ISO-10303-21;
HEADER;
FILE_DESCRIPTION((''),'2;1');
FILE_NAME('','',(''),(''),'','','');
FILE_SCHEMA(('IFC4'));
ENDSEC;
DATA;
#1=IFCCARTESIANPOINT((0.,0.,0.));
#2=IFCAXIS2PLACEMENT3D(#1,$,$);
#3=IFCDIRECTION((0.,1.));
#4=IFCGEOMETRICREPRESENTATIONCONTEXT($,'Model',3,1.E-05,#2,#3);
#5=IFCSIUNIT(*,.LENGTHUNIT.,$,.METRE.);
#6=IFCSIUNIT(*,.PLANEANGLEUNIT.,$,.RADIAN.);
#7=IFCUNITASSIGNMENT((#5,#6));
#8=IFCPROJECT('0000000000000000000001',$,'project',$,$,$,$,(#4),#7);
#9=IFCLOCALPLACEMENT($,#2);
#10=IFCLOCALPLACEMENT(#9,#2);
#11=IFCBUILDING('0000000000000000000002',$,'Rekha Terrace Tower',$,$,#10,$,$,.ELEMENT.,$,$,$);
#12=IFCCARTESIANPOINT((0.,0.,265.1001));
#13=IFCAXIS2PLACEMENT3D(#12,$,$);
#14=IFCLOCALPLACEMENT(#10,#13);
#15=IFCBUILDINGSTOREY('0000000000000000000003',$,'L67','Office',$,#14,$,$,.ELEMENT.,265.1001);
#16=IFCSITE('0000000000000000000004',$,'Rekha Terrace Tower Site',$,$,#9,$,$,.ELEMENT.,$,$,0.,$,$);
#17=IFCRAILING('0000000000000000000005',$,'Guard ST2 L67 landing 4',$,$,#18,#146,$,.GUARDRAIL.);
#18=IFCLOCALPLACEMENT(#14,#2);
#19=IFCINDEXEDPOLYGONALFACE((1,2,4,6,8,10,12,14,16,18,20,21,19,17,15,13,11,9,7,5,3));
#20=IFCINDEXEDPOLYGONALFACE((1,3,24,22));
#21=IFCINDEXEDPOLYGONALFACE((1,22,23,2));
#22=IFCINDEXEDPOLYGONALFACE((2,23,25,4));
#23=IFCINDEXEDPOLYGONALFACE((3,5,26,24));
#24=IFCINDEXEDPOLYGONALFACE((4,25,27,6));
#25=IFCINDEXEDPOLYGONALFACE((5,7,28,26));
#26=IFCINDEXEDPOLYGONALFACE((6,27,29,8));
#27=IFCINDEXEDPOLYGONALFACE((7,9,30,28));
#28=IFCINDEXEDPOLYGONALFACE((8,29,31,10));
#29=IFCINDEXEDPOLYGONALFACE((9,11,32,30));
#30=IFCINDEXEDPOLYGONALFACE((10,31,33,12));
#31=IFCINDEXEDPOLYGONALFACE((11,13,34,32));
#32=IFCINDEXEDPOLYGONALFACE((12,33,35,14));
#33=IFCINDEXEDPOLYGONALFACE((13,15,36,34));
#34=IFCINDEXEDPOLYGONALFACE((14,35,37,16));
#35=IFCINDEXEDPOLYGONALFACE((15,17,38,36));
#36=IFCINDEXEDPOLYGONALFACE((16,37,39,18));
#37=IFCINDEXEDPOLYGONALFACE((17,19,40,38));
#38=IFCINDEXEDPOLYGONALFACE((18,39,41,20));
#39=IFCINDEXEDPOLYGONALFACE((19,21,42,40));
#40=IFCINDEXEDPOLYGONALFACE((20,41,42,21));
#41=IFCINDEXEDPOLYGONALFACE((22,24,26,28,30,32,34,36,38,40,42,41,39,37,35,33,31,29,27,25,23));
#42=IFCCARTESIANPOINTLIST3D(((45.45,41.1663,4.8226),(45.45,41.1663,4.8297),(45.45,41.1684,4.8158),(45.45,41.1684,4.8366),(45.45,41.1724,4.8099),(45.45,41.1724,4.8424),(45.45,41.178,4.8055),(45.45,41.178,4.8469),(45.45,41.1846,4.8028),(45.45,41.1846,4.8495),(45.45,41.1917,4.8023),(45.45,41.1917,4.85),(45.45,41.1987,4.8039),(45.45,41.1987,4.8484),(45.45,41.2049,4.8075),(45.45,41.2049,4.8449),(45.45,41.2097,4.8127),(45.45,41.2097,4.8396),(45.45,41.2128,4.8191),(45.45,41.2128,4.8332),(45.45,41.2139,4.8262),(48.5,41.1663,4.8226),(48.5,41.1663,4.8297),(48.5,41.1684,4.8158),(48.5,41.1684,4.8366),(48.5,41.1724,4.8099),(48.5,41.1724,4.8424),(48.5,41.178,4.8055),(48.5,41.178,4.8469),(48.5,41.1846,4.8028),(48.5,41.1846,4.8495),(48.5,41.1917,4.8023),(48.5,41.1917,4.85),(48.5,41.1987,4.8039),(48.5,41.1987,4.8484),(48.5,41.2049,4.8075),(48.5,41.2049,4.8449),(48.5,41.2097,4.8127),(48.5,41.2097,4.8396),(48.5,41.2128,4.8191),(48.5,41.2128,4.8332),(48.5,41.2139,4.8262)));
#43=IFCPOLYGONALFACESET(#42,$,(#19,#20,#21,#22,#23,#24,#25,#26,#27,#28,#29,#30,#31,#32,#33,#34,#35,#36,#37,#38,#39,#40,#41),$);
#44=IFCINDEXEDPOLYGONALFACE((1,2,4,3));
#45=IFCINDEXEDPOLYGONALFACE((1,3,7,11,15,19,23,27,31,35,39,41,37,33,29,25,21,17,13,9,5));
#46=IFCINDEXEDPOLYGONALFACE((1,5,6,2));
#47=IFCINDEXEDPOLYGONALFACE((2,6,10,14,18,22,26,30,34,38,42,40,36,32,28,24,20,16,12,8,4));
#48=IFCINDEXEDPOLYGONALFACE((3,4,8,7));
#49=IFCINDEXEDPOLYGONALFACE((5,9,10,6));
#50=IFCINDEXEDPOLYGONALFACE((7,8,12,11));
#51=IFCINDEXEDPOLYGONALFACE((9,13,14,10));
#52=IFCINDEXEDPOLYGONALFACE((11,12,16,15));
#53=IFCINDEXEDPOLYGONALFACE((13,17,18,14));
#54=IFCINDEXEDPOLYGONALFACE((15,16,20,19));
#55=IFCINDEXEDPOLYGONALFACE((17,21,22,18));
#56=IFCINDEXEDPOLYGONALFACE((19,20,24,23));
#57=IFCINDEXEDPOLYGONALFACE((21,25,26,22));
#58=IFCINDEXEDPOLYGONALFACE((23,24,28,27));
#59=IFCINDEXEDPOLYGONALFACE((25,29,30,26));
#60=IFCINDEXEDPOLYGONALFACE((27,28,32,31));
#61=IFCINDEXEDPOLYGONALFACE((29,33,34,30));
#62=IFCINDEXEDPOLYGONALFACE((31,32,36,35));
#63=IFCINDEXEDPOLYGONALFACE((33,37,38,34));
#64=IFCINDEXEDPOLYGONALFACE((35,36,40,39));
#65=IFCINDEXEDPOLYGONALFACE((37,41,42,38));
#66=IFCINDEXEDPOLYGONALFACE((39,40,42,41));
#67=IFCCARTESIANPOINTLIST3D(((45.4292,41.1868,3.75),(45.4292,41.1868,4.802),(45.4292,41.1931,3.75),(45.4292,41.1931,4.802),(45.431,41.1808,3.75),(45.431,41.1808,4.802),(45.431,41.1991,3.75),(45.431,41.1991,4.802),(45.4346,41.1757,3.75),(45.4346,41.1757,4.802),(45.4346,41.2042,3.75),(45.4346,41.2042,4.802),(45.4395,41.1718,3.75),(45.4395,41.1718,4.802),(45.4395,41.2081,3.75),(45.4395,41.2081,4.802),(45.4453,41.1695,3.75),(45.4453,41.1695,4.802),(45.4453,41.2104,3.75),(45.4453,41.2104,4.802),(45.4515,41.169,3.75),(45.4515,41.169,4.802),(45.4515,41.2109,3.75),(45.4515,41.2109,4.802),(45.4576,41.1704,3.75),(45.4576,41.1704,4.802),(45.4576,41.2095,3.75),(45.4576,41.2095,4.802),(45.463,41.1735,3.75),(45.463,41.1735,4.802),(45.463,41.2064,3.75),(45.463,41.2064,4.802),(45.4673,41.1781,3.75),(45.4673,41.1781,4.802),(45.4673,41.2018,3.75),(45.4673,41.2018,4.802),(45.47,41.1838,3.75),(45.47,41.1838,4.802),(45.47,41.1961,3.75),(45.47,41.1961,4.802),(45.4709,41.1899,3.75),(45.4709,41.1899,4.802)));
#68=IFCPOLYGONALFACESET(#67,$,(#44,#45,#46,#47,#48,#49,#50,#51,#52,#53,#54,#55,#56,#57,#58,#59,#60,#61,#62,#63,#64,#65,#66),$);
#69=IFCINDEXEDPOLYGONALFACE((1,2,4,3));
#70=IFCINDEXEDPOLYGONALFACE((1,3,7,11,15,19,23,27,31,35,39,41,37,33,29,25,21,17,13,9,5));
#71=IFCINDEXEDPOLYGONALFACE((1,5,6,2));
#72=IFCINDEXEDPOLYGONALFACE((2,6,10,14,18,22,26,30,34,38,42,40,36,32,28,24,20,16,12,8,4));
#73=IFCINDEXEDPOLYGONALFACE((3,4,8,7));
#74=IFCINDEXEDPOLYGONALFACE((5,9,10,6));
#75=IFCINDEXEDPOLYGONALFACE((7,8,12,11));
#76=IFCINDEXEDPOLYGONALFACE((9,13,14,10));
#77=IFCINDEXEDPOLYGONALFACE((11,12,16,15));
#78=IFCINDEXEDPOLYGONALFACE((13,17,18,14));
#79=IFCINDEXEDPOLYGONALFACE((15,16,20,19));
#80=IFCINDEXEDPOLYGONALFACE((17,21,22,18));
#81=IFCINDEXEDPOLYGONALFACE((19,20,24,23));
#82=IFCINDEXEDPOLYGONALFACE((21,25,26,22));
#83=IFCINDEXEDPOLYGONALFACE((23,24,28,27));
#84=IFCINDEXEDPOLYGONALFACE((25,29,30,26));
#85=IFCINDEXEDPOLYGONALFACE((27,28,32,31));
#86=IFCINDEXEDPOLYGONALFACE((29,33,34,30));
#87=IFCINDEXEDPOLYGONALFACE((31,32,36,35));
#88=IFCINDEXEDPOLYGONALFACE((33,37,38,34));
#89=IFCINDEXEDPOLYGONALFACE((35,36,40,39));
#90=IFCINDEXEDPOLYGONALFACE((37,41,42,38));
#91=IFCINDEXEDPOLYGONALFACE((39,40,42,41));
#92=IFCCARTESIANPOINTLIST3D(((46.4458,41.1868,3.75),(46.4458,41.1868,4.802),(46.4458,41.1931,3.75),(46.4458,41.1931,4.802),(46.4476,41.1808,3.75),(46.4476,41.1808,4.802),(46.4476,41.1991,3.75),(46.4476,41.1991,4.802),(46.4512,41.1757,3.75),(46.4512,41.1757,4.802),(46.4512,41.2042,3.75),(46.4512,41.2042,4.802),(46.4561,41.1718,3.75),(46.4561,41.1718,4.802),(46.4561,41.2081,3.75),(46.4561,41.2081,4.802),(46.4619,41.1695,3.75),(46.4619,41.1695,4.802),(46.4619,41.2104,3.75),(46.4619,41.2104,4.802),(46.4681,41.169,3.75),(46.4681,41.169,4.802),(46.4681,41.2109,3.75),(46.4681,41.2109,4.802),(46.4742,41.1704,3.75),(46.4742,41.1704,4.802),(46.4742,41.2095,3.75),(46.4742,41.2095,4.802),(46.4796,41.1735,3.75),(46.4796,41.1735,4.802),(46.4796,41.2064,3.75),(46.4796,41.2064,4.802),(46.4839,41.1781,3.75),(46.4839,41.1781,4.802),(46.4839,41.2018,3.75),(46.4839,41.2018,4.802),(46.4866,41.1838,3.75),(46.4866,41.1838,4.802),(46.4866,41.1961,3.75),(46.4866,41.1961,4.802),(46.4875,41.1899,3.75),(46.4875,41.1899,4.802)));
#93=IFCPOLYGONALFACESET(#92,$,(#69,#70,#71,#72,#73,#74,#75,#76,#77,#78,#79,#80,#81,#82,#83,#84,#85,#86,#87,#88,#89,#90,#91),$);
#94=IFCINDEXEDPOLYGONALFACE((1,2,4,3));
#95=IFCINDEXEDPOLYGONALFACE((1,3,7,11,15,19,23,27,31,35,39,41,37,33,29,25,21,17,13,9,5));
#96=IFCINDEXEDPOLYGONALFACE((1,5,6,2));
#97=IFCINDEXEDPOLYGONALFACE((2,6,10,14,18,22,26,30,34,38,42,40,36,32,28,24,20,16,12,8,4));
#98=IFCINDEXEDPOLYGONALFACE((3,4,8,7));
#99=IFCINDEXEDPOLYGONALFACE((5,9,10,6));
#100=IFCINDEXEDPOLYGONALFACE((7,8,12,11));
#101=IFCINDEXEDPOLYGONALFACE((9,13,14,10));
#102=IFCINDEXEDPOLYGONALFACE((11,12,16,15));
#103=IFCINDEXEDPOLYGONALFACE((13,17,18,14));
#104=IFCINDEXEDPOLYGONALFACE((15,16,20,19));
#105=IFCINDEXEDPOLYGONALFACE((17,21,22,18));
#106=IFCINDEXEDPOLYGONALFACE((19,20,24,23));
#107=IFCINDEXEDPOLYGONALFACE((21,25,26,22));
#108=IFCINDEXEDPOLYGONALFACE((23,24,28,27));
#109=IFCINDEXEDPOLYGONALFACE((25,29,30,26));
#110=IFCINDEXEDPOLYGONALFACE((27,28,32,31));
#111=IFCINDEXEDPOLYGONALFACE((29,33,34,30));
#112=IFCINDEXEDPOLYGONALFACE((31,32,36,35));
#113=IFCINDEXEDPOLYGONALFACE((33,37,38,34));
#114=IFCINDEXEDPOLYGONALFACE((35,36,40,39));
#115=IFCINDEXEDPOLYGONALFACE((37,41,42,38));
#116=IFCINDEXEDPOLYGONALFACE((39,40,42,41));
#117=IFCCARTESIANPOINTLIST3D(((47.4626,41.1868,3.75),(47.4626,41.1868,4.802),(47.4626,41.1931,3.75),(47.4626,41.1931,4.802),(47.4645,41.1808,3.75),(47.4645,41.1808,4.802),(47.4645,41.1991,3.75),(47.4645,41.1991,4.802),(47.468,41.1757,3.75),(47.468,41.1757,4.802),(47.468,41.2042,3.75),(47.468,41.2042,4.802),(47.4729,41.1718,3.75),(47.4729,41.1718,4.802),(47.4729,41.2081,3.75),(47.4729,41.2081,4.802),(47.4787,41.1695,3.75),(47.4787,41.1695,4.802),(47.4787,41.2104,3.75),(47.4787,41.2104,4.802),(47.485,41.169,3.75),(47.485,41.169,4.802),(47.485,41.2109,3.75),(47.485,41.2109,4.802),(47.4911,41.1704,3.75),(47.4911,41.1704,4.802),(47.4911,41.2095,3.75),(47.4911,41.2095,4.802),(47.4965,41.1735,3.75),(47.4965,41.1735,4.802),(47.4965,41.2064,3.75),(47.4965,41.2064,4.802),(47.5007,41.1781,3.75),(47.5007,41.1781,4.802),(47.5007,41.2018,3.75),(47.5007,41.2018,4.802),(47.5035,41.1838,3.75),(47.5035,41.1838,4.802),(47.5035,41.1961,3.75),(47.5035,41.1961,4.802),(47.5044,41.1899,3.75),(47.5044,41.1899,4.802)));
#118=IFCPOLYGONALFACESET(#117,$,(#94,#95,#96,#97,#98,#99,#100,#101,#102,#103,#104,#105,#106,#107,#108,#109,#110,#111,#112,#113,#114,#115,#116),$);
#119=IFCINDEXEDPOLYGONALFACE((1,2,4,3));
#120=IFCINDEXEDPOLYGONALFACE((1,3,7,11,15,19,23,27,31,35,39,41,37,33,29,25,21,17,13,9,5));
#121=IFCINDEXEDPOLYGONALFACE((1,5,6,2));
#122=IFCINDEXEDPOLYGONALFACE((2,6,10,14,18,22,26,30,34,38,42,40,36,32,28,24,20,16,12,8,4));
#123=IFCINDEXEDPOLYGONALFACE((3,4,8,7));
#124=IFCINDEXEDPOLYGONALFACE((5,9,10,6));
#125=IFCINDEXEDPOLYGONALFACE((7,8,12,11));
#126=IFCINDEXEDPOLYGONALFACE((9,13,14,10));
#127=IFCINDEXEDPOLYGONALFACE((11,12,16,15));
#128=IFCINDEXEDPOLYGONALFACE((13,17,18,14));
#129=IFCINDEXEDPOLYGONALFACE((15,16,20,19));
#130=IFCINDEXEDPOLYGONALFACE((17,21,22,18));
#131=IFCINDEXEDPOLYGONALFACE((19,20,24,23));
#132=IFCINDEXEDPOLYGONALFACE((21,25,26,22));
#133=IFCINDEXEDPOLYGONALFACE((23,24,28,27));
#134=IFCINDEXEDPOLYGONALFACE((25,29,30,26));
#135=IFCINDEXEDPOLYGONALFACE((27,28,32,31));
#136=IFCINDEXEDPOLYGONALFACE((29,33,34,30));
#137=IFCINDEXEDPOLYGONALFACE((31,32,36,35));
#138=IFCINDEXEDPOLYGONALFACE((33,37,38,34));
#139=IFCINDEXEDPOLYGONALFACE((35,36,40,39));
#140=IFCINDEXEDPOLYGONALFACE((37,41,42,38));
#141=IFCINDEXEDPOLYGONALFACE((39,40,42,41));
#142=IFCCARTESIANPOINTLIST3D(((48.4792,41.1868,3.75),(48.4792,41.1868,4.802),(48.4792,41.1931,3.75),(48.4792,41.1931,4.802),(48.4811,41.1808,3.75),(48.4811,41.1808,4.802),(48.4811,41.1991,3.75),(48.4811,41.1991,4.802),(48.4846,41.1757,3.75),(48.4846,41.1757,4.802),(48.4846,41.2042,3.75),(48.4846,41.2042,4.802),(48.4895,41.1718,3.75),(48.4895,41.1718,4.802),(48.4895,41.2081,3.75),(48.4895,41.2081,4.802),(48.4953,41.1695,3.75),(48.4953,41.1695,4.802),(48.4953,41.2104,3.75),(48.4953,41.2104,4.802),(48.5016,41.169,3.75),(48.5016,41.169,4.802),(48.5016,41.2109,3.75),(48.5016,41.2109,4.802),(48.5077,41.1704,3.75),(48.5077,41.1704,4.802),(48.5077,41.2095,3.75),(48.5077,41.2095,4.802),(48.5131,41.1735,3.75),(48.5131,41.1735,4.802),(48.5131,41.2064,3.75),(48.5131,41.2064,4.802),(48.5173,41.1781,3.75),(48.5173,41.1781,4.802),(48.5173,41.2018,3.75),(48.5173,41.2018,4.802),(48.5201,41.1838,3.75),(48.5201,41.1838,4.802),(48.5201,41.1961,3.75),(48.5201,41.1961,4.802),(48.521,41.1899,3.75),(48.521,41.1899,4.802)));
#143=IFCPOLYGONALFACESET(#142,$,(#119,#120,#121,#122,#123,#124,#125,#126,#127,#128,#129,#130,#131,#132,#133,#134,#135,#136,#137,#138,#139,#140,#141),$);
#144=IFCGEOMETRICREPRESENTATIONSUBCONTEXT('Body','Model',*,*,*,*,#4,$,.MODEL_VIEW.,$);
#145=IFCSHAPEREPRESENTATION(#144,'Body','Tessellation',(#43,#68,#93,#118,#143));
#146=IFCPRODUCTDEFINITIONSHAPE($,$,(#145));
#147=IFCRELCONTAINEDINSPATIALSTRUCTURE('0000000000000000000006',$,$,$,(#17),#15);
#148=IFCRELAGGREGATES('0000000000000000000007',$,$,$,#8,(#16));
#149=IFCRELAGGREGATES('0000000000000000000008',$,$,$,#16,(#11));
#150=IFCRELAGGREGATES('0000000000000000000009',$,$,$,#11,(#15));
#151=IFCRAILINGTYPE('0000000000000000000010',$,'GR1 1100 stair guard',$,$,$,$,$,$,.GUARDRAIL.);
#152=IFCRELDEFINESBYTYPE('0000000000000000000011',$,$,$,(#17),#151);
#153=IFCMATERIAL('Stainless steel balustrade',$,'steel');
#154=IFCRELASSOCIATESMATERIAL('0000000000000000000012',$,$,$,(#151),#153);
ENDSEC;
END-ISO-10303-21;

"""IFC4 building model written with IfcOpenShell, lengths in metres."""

from ifc_helpers import new_model, si_unit, direction, frame, origin, origin_2d, place, context, subcontext, project, spatial, circle, extrude, material, type_object, element, save


model = new_model("IFC4")

# Units and contexts
model_context = context("Model", 3, precision=1e-05, world=origin(), true_north=direction((0.0, 1.0)))
body_context = subcontext(model_context, "Body", "Model", "MODEL_VIEW")
ifc_project = project(units=[si_unit("LENGTHUNIT", "METRE"), si_unit("PLANEANGLEUNIT", "RADIAN")], contexts=[model_context])

# Site, building, storey
site_placement = place(None, origin())
site = spatial("IfcSite", under=ifc_project, at=site_placement, Name="Rekha Terrace Tower Site", CompositionType="ELEMENT", RefElevation=0.0)
building_placement = place(site_placement, origin())
building = spatial("IfcBuilding", under=site, at=building_placement, Name="Rekha Terrace Tower", CompositionType="ELEMENT")
storey_placement = place(building_placement, frame((0.0, 0.0, 265.1001)))
storey = spatial("IfcBuildingStorey", under=building, at=storey_placement, Name="L67", Description="Office", CompositionType="ELEMENT", Elevation=265.1001)

# Railing
ifc_material_1 = material(Name="Stainless steel balustrade", Category="steel")
railing_type_1 = type_object("IfcRailingType", Name="GR1 1100 stair guard", PredefinedType="GUARDRAIL", material=ifc_material_1)
railing_1_placement = place(storey_placement, frame((45.45, 41.1899, 3.75)))
element("IfcRailing", 1, at=railing_1_placement, inside=storey, type_object=railing_type_1, Name="Guard ST2 L67 landing 4", PredefinedType="GUARDRAIL", context=body_context, shape_type="SweptSolid", body=[
    extrude(circle(Radius=0.0239, at=origin_2d()), frame((0.0, 0.0, 1.0762), z_axis=(1.0, 0.0, 0.0), x_axis=(0.0, 1.0, 0.0)), (0.0, 0.0, 1.0), 3.05),
    extrude(circle(Radius=0.021, at=origin_2d()), origin(), (0.0, 0.0, 1.0), 1.052),
    extrude(circle(Radius=0.021, at=origin_2d()), frame((1.0166, 0.0, 0.0)), (0.0, 0.0, 1.0), 1.052),
    extrude(circle(Radius=0.021, at=origin_2d()), frame((2.0334, 0.0, 0.0)), (0.0, 0.0, 1.0), 1.052),
    extrude(circle(Radius=0.021, at=origin_2d()), frame((3.05, 0.0, 0.0)), (0.0, 0.0, 1.0), 1.052),
])

save(model, "model.ifc")
